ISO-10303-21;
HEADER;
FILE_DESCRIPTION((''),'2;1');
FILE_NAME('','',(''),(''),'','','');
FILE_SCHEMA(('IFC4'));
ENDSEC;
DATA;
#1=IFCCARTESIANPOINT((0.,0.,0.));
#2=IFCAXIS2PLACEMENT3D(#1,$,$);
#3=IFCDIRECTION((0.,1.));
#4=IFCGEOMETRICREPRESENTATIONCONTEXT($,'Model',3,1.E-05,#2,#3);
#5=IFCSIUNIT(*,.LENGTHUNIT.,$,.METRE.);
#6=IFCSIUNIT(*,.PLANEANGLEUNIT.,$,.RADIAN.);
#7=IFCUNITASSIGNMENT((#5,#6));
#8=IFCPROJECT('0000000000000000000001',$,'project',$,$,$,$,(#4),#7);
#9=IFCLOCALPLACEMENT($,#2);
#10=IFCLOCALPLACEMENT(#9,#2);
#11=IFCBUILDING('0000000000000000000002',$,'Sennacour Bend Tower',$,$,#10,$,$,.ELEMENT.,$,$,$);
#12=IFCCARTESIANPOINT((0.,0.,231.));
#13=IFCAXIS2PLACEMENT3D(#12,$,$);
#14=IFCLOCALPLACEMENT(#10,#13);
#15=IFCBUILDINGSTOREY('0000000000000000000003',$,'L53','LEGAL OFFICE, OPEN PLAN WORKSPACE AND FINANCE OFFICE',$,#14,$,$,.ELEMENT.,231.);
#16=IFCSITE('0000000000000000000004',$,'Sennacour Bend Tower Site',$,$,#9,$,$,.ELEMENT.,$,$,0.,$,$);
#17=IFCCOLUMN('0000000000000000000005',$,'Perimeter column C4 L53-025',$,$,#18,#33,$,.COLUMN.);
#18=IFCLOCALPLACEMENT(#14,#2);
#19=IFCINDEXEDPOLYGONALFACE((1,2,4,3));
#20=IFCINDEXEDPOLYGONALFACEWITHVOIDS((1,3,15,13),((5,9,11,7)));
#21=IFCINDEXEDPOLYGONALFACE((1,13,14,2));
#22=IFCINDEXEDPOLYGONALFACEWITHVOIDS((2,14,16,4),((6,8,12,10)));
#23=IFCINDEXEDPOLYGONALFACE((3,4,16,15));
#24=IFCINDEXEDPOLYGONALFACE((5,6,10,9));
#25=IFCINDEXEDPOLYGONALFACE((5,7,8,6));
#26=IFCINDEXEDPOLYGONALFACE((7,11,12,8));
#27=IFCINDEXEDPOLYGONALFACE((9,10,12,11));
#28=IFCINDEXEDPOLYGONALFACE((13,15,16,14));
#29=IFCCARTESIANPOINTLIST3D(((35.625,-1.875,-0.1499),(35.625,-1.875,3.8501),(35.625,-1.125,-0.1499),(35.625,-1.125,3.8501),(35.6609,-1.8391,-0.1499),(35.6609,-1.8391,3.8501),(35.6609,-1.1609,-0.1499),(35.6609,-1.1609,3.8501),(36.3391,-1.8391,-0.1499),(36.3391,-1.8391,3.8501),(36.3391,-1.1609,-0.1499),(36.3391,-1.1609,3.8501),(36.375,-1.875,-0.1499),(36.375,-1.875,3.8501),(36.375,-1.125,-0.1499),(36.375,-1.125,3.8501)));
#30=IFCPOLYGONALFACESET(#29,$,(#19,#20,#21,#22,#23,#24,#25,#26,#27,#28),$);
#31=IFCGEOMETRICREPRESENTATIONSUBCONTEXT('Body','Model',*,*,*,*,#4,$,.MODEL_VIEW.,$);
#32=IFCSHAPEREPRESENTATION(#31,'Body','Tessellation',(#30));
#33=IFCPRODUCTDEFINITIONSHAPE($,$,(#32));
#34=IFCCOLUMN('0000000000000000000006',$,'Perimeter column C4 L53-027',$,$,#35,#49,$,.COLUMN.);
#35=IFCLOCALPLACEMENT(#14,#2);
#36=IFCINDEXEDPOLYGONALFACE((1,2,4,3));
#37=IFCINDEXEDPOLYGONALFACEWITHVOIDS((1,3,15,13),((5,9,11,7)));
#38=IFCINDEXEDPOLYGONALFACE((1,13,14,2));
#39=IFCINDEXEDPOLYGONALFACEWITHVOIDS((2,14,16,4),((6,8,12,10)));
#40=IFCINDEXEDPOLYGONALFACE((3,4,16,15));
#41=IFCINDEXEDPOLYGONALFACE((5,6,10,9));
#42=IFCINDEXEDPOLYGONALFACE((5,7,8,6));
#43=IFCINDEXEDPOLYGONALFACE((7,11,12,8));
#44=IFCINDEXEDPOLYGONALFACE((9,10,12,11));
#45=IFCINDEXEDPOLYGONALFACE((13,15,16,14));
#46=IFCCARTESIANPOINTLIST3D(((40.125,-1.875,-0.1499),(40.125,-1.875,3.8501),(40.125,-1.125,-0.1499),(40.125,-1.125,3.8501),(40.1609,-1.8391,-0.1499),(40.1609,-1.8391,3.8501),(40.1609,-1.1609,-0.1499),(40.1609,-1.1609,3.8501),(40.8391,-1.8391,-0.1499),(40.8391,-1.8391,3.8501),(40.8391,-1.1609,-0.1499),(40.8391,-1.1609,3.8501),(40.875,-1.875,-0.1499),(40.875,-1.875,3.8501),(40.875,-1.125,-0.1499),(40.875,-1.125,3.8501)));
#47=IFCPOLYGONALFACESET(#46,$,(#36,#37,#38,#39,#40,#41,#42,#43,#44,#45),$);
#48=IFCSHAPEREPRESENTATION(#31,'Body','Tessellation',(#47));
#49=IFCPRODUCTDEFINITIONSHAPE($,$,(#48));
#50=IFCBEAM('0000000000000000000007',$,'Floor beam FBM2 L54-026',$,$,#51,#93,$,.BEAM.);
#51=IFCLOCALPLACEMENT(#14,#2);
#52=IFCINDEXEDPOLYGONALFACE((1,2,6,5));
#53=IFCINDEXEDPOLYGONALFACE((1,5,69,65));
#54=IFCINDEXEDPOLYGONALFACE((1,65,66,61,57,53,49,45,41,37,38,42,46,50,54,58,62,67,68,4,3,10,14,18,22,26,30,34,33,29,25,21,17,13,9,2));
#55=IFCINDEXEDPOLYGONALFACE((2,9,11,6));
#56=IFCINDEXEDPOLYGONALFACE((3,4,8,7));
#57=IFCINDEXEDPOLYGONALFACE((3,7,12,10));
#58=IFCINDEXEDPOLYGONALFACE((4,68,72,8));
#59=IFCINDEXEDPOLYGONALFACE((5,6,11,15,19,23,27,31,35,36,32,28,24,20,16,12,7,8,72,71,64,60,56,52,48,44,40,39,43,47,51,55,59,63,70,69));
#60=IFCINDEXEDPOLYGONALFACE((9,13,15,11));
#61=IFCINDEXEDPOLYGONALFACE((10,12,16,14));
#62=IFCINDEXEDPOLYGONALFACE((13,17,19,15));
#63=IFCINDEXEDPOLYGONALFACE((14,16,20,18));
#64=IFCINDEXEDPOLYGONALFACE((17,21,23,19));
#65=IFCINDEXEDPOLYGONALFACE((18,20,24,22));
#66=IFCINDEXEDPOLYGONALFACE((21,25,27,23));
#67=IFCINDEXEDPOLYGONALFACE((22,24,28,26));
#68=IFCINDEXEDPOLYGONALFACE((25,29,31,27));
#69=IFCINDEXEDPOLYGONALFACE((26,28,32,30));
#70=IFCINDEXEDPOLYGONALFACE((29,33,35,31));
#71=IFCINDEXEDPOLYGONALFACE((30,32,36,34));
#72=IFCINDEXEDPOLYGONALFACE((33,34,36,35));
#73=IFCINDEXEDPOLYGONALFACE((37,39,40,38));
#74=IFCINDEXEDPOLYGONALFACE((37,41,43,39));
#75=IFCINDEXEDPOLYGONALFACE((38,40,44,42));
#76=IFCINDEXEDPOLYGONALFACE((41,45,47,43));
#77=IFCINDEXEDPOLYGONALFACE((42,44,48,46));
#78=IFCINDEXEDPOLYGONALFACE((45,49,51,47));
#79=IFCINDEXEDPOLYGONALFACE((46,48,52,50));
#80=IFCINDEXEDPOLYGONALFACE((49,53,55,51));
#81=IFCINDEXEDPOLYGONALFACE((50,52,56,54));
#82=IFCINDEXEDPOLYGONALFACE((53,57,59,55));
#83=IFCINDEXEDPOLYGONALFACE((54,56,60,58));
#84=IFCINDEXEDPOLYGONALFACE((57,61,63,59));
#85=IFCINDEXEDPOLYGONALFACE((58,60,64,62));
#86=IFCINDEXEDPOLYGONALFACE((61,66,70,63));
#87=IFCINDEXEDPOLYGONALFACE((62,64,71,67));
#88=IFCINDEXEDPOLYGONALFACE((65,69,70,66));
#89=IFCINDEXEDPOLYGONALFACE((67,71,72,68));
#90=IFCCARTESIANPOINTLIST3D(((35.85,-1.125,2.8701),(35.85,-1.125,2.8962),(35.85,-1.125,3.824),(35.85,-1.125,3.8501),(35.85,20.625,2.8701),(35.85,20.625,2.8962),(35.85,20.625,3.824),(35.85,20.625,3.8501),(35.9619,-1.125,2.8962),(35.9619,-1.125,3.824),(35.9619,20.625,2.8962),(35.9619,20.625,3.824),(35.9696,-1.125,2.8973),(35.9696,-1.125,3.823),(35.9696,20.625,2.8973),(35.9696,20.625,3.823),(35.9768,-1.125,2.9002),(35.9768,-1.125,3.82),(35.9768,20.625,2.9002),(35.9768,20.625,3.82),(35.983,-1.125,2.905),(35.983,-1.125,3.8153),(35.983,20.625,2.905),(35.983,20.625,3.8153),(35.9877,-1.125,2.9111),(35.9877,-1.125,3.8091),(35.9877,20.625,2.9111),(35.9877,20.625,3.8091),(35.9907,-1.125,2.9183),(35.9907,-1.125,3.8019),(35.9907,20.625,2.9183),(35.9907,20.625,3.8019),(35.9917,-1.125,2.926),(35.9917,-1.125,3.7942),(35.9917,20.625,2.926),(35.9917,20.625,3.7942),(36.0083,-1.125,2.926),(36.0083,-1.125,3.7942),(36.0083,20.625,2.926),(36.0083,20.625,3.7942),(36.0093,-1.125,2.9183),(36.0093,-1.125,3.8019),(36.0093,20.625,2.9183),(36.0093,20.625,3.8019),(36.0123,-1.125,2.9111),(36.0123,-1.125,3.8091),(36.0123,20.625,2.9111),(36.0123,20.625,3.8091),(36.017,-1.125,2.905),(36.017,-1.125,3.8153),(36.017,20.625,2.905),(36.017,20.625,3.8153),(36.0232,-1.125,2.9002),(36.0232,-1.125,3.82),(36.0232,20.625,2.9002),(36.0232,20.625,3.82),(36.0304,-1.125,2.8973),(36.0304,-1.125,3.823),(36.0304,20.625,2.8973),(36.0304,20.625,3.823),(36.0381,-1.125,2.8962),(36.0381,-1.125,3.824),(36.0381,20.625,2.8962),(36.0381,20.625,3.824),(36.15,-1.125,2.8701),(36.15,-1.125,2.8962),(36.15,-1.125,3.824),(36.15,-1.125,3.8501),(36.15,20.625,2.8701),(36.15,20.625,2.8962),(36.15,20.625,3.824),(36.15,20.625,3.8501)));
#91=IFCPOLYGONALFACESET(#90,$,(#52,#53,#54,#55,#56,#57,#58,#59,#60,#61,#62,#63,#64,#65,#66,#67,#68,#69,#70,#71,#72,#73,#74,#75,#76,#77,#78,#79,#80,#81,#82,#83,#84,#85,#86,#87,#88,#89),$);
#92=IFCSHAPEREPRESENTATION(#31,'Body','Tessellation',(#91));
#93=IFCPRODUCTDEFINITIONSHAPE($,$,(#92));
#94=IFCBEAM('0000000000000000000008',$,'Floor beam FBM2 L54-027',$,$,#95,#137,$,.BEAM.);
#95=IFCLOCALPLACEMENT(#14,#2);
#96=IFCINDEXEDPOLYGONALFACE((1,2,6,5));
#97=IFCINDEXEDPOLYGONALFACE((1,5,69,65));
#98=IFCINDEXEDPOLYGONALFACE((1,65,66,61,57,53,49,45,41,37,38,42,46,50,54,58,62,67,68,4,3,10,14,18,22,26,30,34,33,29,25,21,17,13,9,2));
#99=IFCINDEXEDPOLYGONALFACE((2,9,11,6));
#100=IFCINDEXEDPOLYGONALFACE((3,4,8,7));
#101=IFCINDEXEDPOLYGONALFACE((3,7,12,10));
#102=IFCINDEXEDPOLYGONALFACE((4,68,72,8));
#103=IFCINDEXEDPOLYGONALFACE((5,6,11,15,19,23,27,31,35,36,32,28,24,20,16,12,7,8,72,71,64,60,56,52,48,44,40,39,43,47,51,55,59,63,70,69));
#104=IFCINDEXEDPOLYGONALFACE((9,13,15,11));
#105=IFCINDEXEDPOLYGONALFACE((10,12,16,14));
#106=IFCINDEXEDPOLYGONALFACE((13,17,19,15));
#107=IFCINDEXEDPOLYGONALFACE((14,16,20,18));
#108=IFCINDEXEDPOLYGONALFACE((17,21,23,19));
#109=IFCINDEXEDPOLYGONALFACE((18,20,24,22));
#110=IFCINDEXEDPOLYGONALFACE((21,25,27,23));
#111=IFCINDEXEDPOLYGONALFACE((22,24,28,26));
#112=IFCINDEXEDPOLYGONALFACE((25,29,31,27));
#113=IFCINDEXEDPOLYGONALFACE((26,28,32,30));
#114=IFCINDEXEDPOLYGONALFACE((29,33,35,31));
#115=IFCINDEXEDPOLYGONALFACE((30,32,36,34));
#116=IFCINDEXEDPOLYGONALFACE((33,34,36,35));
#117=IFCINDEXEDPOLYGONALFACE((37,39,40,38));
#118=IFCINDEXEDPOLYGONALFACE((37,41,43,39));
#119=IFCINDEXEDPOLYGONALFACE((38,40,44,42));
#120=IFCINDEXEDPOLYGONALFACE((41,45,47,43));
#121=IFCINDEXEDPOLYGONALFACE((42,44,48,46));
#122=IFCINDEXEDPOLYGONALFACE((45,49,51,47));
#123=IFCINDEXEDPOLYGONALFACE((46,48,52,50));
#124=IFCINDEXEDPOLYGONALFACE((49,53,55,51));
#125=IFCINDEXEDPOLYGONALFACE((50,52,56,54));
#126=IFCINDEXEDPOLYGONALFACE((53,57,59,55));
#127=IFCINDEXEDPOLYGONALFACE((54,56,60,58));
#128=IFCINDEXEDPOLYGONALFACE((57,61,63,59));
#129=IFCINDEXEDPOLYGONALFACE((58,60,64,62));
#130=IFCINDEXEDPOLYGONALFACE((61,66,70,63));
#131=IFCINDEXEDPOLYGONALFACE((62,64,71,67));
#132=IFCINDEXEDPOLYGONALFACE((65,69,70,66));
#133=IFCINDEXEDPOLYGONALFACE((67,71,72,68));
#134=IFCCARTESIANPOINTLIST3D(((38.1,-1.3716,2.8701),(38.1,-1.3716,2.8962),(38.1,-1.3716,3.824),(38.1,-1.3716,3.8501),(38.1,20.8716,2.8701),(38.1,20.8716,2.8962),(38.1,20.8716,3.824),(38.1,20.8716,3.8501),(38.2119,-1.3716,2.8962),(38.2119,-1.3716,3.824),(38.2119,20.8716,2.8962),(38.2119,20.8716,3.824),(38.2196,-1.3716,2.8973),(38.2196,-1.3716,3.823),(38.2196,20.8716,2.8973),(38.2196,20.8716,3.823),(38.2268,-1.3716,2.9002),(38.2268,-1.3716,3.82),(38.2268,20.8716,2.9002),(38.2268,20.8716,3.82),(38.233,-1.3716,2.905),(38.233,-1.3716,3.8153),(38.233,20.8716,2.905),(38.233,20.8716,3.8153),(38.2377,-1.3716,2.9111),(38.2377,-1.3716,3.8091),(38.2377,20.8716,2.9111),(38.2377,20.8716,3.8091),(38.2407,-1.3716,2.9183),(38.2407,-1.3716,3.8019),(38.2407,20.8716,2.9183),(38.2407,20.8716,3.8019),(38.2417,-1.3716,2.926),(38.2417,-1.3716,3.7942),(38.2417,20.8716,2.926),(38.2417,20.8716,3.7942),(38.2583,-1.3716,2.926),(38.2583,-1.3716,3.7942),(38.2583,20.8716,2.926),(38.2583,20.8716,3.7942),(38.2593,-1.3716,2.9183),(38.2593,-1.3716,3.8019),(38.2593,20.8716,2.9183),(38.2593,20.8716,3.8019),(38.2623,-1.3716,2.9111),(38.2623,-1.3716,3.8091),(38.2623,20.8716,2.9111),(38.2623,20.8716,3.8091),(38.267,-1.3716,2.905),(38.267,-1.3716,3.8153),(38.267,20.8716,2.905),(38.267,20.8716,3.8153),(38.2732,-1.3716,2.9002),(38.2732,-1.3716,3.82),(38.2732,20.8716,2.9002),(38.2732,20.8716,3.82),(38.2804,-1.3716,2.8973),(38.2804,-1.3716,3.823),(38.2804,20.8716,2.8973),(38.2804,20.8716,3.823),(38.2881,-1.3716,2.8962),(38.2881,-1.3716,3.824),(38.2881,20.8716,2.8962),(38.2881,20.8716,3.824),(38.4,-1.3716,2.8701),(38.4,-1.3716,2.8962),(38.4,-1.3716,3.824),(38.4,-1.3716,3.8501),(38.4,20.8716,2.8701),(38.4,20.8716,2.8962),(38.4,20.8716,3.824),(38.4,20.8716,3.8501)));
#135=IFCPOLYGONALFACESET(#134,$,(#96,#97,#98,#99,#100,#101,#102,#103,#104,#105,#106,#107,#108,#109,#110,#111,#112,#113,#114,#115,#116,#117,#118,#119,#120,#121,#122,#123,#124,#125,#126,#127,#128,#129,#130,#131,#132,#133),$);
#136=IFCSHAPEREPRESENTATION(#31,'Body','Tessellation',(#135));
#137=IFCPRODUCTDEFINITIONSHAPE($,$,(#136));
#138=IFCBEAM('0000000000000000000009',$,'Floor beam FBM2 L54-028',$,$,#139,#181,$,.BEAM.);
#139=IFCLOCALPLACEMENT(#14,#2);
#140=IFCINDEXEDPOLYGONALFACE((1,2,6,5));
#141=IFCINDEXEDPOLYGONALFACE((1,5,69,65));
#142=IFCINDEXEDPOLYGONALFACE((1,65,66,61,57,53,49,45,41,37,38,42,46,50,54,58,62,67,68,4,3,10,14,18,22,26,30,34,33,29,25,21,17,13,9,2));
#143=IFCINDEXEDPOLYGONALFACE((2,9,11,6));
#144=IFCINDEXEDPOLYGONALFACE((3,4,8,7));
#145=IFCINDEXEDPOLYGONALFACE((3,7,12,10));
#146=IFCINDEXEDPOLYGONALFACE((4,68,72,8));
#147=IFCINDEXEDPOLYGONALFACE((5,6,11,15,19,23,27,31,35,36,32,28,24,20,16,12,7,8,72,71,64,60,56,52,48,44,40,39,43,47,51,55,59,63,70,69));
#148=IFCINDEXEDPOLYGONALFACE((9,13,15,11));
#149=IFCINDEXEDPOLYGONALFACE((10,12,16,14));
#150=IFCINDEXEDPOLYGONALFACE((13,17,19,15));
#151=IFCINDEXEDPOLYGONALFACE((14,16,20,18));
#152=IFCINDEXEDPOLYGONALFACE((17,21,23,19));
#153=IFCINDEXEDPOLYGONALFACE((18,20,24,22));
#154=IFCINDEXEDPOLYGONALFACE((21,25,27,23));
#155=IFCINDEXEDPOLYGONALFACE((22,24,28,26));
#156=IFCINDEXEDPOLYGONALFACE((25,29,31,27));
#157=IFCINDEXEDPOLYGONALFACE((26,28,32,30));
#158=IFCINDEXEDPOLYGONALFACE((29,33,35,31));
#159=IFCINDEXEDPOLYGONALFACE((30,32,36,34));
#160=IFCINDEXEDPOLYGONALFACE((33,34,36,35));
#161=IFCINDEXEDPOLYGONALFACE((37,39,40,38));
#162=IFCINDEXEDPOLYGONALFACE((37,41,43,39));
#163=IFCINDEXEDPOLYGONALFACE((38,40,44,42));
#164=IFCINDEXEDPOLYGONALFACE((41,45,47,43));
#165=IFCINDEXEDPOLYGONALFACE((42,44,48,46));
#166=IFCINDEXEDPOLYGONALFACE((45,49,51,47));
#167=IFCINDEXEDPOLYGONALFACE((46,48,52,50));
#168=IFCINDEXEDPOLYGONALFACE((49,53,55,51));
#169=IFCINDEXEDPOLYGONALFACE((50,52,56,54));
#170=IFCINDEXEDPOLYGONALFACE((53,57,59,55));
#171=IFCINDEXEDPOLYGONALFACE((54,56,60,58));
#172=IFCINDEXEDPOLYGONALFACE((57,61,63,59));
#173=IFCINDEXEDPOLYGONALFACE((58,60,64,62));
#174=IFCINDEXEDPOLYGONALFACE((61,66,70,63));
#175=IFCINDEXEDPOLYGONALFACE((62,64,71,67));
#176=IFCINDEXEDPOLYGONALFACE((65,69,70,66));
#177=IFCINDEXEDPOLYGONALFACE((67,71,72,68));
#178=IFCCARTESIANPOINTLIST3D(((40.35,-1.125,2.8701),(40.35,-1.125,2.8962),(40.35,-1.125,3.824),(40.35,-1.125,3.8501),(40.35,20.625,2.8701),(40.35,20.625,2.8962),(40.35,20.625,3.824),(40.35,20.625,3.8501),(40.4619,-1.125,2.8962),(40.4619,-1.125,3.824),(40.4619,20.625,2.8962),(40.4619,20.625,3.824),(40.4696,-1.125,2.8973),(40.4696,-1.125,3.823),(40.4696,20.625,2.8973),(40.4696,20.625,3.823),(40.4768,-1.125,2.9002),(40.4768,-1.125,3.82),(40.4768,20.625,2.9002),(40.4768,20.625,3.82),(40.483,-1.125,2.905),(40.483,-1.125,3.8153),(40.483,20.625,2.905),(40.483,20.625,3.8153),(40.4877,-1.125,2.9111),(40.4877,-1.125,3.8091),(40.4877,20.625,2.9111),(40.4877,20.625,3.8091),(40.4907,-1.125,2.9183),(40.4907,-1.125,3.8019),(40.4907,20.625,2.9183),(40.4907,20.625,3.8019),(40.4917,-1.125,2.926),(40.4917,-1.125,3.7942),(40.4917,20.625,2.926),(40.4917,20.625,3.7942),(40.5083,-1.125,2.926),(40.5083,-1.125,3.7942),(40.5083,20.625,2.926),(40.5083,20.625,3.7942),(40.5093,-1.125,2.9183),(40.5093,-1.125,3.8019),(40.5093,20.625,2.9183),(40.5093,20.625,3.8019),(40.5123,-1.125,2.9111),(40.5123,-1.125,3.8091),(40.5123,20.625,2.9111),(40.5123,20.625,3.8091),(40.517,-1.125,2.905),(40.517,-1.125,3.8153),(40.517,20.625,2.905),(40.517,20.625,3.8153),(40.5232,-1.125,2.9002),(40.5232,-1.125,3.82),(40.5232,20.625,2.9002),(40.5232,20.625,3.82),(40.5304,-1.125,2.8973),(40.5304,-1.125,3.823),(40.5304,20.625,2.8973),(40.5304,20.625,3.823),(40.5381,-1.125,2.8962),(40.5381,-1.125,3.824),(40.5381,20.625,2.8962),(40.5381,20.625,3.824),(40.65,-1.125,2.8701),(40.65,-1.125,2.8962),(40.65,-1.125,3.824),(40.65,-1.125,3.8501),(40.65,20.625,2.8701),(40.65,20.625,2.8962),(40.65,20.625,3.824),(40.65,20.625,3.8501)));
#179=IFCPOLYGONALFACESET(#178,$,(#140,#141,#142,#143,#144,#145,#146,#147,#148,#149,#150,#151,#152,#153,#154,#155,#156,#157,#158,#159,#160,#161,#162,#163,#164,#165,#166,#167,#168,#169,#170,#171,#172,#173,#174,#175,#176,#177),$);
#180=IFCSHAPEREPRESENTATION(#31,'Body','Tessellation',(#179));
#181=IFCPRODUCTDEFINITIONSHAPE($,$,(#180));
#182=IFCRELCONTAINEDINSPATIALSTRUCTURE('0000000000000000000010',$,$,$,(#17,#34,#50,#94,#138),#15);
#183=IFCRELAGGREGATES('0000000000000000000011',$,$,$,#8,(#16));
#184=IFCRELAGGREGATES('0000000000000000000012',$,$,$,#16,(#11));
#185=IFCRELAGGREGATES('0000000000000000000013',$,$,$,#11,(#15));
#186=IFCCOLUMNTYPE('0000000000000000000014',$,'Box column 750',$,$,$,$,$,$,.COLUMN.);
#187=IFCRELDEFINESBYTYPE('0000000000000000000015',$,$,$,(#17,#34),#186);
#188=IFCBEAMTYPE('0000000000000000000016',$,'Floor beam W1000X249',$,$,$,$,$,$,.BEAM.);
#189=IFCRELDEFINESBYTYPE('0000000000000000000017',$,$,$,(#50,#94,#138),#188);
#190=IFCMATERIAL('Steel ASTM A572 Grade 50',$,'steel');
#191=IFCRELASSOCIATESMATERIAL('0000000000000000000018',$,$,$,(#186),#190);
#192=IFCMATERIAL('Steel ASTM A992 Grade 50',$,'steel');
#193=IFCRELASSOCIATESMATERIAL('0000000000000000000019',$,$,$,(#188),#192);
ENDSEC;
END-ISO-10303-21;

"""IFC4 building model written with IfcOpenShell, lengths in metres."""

from ifc_helpers import new_model, si_unit, direction, frame, origin, origin_2d, place, context, subcontext, project, spatial, hollow_rectangle, i_section, extrude, material, material_profile, profile_set, type_object, element, save


model = new_model("IFC4")

# Units and contexts
model_context = context("Model", 3, precision=1e-05, world=origin(), true_north=direction((0.0, 1.0)))
body_context = subcontext(model_context, "Body", "Model", "MODEL_VIEW")
ifc_project = project(units=[si_unit("LENGTHUNIT", "METRE"), si_unit("PLANEANGLEUNIT", "RADIAN")], contexts=[model_context])

# Site, building, storey
site_placement = place(None, origin())
site = spatial("IfcSite", under=ifc_project, at=site_placement, Name="Sennacour Bend Tower Site", CompositionType="ELEMENT", RefElevation=0.0)
building_placement = place(site_placement, origin())
building = spatial("IfcBuilding", under=site, at=building_placement, Name="Sennacour Bend Tower", CompositionType="ELEMENT")
storey_placement = place(building_placement, frame((0.0, 0.0, 231.0)))
storey = spatial("IfcBuildingStorey", under=building, at=storey_placement, Name="L53", Description="LEGAL OFFICE, OPEN PLAN WORKSPACE AND FINANCE OFFICE", CompositionType="ELEMENT", Elevation=231.0)

# Columns
ifc_material_1 = material(Name="Steel ASTM A572 Grade 50", Category="steel")
ifc_material_profile_1 = material_profile(ifc_material_1, hollow_rectangle(XDim=0.75, YDim=0.75, WallThickness=0.0359, at=origin_2d()), Name="Steel ASTM A572 Grade 50", Category="steel")
ifc_profile_set_1 = profile_set([ifc_material_profile_1], Name="Steel ASTM A572 Grade 50")
column_type = type_object("IfcColumnType", Name="Box column 750", PredefinedType="COLUMN", material=ifc_profile_set_1)
for number, where, z_axis, x_axis, name in (
    (1, (36.0, -1.5, -0.1499), (0.0, 0.0, 1.0), (1.0, 0.0, 0.0), "Perimeter column C4 L53-025"),
    (2, (40.5, -1.5, -0.1499), (0.0, 0.0, 1.0), (1.0, 0.0, 0.0), "Perimeter column C4 L53-027"),
):
    element("IfcColumn", number, at=place(storey_placement, frame(where, z_axis=z_axis, x_axis=x_axis)), inside=storey, type_object=column_type, Name=name, PredefinedType="COLUMN", context=body_context, shape_type="SweptSolid", body=[
        extrude(hollow_rectangle(XDim=0.75, YDim=0.75, WallThickness=0.0359, at=origin_2d()), origin(), (0.0, 0.0, 1.0), 4.0),
    ])

# Beams
ifc_material_2 = material(Name="Steel ASTM A992 Grade 50", Category="steel")
ifc_material_profile_2 = material_profile(ifc_material_2, i_section(OverallWidth=0.3, OverallDepth=0.98, WebThickness=0.0166, FlangeThickness=0.0261, FilletRadius=0.0298, at=origin_2d()), Name="Steel ASTM A992 Grade 50", Category="steel")
ifc_profile_set_2 = profile_set([ifc_material_profile_2], Name="Steel ASTM A992 Grade 50")
beam_type_1 = type_object("IfcBeamType", Name="Floor beam W1000X249", PredefinedType="BEAM", material=ifc_profile_set_2)
beam_1_placement = place(storey_placement, frame((36.0, -1.125, 3.3601), z_axis=(0.0, 1.0, 0.0), x_axis=(-1.0, 0.0, 0.0)))
element("IfcBeam", 3, at=beam_1_placement, inside=storey, type_object=beam_type_1, Name="Floor beam FBM2 L54-026", PredefinedType="BEAM", context=body_context, shape_type="SweptSolid", body=[
    extrude(i_section(OverallWidth=0.3, OverallDepth=0.98, WebThickness=0.0166, FlangeThickness=0.0261, FilletRadius=0.0298, at=origin_2d()), origin(), (0.0, 0.0, 1.0), 21.75),
])
beam_2_placement = place(storey_placement, frame((38.25, -1.3716, 3.3601), z_axis=(0.0, 1.0, 0.0), x_axis=(-1.0, 0.0, 0.0)))
element("IfcBeam", 4, at=beam_2_placement, inside=storey, type_object=beam_type_1, Name="Floor beam FBM2 L54-027", PredefinedType="BEAM", context=body_context, shape_type="SweptSolid", body=[
    extrude(i_section(OverallWidth=0.3, OverallDepth=0.98, WebThickness=0.0166, FlangeThickness=0.0261, FilletRadius=0.0298, at=origin_2d()), origin(), (0.0, 0.0, 1.0), 22.2432),
])
beam_3_placement = place(storey_placement, frame((40.5, -1.125, 3.3601), z_axis=(0.0, 1.0, 0.0), x_axis=(-1.0, 0.0, 0.0)))
element("IfcBeam", 5, at=beam_3_placement, inside=storey, type_object=beam_type_1, Name="Floor beam FBM2 L54-028", PredefinedType="BEAM", context=body_context, shape_type="SweptSolid", body=[
    extrude(i_section(OverallWidth=0.3, OverallDepth=0.98, WebThickness=0.0166, FlangeThickness=0.0261, FilletRadius=0.0298, at=origin_2d()), origin(), (0.0, 0.0, 1.0), 21.75),
])

save(model, "model.ifc")
